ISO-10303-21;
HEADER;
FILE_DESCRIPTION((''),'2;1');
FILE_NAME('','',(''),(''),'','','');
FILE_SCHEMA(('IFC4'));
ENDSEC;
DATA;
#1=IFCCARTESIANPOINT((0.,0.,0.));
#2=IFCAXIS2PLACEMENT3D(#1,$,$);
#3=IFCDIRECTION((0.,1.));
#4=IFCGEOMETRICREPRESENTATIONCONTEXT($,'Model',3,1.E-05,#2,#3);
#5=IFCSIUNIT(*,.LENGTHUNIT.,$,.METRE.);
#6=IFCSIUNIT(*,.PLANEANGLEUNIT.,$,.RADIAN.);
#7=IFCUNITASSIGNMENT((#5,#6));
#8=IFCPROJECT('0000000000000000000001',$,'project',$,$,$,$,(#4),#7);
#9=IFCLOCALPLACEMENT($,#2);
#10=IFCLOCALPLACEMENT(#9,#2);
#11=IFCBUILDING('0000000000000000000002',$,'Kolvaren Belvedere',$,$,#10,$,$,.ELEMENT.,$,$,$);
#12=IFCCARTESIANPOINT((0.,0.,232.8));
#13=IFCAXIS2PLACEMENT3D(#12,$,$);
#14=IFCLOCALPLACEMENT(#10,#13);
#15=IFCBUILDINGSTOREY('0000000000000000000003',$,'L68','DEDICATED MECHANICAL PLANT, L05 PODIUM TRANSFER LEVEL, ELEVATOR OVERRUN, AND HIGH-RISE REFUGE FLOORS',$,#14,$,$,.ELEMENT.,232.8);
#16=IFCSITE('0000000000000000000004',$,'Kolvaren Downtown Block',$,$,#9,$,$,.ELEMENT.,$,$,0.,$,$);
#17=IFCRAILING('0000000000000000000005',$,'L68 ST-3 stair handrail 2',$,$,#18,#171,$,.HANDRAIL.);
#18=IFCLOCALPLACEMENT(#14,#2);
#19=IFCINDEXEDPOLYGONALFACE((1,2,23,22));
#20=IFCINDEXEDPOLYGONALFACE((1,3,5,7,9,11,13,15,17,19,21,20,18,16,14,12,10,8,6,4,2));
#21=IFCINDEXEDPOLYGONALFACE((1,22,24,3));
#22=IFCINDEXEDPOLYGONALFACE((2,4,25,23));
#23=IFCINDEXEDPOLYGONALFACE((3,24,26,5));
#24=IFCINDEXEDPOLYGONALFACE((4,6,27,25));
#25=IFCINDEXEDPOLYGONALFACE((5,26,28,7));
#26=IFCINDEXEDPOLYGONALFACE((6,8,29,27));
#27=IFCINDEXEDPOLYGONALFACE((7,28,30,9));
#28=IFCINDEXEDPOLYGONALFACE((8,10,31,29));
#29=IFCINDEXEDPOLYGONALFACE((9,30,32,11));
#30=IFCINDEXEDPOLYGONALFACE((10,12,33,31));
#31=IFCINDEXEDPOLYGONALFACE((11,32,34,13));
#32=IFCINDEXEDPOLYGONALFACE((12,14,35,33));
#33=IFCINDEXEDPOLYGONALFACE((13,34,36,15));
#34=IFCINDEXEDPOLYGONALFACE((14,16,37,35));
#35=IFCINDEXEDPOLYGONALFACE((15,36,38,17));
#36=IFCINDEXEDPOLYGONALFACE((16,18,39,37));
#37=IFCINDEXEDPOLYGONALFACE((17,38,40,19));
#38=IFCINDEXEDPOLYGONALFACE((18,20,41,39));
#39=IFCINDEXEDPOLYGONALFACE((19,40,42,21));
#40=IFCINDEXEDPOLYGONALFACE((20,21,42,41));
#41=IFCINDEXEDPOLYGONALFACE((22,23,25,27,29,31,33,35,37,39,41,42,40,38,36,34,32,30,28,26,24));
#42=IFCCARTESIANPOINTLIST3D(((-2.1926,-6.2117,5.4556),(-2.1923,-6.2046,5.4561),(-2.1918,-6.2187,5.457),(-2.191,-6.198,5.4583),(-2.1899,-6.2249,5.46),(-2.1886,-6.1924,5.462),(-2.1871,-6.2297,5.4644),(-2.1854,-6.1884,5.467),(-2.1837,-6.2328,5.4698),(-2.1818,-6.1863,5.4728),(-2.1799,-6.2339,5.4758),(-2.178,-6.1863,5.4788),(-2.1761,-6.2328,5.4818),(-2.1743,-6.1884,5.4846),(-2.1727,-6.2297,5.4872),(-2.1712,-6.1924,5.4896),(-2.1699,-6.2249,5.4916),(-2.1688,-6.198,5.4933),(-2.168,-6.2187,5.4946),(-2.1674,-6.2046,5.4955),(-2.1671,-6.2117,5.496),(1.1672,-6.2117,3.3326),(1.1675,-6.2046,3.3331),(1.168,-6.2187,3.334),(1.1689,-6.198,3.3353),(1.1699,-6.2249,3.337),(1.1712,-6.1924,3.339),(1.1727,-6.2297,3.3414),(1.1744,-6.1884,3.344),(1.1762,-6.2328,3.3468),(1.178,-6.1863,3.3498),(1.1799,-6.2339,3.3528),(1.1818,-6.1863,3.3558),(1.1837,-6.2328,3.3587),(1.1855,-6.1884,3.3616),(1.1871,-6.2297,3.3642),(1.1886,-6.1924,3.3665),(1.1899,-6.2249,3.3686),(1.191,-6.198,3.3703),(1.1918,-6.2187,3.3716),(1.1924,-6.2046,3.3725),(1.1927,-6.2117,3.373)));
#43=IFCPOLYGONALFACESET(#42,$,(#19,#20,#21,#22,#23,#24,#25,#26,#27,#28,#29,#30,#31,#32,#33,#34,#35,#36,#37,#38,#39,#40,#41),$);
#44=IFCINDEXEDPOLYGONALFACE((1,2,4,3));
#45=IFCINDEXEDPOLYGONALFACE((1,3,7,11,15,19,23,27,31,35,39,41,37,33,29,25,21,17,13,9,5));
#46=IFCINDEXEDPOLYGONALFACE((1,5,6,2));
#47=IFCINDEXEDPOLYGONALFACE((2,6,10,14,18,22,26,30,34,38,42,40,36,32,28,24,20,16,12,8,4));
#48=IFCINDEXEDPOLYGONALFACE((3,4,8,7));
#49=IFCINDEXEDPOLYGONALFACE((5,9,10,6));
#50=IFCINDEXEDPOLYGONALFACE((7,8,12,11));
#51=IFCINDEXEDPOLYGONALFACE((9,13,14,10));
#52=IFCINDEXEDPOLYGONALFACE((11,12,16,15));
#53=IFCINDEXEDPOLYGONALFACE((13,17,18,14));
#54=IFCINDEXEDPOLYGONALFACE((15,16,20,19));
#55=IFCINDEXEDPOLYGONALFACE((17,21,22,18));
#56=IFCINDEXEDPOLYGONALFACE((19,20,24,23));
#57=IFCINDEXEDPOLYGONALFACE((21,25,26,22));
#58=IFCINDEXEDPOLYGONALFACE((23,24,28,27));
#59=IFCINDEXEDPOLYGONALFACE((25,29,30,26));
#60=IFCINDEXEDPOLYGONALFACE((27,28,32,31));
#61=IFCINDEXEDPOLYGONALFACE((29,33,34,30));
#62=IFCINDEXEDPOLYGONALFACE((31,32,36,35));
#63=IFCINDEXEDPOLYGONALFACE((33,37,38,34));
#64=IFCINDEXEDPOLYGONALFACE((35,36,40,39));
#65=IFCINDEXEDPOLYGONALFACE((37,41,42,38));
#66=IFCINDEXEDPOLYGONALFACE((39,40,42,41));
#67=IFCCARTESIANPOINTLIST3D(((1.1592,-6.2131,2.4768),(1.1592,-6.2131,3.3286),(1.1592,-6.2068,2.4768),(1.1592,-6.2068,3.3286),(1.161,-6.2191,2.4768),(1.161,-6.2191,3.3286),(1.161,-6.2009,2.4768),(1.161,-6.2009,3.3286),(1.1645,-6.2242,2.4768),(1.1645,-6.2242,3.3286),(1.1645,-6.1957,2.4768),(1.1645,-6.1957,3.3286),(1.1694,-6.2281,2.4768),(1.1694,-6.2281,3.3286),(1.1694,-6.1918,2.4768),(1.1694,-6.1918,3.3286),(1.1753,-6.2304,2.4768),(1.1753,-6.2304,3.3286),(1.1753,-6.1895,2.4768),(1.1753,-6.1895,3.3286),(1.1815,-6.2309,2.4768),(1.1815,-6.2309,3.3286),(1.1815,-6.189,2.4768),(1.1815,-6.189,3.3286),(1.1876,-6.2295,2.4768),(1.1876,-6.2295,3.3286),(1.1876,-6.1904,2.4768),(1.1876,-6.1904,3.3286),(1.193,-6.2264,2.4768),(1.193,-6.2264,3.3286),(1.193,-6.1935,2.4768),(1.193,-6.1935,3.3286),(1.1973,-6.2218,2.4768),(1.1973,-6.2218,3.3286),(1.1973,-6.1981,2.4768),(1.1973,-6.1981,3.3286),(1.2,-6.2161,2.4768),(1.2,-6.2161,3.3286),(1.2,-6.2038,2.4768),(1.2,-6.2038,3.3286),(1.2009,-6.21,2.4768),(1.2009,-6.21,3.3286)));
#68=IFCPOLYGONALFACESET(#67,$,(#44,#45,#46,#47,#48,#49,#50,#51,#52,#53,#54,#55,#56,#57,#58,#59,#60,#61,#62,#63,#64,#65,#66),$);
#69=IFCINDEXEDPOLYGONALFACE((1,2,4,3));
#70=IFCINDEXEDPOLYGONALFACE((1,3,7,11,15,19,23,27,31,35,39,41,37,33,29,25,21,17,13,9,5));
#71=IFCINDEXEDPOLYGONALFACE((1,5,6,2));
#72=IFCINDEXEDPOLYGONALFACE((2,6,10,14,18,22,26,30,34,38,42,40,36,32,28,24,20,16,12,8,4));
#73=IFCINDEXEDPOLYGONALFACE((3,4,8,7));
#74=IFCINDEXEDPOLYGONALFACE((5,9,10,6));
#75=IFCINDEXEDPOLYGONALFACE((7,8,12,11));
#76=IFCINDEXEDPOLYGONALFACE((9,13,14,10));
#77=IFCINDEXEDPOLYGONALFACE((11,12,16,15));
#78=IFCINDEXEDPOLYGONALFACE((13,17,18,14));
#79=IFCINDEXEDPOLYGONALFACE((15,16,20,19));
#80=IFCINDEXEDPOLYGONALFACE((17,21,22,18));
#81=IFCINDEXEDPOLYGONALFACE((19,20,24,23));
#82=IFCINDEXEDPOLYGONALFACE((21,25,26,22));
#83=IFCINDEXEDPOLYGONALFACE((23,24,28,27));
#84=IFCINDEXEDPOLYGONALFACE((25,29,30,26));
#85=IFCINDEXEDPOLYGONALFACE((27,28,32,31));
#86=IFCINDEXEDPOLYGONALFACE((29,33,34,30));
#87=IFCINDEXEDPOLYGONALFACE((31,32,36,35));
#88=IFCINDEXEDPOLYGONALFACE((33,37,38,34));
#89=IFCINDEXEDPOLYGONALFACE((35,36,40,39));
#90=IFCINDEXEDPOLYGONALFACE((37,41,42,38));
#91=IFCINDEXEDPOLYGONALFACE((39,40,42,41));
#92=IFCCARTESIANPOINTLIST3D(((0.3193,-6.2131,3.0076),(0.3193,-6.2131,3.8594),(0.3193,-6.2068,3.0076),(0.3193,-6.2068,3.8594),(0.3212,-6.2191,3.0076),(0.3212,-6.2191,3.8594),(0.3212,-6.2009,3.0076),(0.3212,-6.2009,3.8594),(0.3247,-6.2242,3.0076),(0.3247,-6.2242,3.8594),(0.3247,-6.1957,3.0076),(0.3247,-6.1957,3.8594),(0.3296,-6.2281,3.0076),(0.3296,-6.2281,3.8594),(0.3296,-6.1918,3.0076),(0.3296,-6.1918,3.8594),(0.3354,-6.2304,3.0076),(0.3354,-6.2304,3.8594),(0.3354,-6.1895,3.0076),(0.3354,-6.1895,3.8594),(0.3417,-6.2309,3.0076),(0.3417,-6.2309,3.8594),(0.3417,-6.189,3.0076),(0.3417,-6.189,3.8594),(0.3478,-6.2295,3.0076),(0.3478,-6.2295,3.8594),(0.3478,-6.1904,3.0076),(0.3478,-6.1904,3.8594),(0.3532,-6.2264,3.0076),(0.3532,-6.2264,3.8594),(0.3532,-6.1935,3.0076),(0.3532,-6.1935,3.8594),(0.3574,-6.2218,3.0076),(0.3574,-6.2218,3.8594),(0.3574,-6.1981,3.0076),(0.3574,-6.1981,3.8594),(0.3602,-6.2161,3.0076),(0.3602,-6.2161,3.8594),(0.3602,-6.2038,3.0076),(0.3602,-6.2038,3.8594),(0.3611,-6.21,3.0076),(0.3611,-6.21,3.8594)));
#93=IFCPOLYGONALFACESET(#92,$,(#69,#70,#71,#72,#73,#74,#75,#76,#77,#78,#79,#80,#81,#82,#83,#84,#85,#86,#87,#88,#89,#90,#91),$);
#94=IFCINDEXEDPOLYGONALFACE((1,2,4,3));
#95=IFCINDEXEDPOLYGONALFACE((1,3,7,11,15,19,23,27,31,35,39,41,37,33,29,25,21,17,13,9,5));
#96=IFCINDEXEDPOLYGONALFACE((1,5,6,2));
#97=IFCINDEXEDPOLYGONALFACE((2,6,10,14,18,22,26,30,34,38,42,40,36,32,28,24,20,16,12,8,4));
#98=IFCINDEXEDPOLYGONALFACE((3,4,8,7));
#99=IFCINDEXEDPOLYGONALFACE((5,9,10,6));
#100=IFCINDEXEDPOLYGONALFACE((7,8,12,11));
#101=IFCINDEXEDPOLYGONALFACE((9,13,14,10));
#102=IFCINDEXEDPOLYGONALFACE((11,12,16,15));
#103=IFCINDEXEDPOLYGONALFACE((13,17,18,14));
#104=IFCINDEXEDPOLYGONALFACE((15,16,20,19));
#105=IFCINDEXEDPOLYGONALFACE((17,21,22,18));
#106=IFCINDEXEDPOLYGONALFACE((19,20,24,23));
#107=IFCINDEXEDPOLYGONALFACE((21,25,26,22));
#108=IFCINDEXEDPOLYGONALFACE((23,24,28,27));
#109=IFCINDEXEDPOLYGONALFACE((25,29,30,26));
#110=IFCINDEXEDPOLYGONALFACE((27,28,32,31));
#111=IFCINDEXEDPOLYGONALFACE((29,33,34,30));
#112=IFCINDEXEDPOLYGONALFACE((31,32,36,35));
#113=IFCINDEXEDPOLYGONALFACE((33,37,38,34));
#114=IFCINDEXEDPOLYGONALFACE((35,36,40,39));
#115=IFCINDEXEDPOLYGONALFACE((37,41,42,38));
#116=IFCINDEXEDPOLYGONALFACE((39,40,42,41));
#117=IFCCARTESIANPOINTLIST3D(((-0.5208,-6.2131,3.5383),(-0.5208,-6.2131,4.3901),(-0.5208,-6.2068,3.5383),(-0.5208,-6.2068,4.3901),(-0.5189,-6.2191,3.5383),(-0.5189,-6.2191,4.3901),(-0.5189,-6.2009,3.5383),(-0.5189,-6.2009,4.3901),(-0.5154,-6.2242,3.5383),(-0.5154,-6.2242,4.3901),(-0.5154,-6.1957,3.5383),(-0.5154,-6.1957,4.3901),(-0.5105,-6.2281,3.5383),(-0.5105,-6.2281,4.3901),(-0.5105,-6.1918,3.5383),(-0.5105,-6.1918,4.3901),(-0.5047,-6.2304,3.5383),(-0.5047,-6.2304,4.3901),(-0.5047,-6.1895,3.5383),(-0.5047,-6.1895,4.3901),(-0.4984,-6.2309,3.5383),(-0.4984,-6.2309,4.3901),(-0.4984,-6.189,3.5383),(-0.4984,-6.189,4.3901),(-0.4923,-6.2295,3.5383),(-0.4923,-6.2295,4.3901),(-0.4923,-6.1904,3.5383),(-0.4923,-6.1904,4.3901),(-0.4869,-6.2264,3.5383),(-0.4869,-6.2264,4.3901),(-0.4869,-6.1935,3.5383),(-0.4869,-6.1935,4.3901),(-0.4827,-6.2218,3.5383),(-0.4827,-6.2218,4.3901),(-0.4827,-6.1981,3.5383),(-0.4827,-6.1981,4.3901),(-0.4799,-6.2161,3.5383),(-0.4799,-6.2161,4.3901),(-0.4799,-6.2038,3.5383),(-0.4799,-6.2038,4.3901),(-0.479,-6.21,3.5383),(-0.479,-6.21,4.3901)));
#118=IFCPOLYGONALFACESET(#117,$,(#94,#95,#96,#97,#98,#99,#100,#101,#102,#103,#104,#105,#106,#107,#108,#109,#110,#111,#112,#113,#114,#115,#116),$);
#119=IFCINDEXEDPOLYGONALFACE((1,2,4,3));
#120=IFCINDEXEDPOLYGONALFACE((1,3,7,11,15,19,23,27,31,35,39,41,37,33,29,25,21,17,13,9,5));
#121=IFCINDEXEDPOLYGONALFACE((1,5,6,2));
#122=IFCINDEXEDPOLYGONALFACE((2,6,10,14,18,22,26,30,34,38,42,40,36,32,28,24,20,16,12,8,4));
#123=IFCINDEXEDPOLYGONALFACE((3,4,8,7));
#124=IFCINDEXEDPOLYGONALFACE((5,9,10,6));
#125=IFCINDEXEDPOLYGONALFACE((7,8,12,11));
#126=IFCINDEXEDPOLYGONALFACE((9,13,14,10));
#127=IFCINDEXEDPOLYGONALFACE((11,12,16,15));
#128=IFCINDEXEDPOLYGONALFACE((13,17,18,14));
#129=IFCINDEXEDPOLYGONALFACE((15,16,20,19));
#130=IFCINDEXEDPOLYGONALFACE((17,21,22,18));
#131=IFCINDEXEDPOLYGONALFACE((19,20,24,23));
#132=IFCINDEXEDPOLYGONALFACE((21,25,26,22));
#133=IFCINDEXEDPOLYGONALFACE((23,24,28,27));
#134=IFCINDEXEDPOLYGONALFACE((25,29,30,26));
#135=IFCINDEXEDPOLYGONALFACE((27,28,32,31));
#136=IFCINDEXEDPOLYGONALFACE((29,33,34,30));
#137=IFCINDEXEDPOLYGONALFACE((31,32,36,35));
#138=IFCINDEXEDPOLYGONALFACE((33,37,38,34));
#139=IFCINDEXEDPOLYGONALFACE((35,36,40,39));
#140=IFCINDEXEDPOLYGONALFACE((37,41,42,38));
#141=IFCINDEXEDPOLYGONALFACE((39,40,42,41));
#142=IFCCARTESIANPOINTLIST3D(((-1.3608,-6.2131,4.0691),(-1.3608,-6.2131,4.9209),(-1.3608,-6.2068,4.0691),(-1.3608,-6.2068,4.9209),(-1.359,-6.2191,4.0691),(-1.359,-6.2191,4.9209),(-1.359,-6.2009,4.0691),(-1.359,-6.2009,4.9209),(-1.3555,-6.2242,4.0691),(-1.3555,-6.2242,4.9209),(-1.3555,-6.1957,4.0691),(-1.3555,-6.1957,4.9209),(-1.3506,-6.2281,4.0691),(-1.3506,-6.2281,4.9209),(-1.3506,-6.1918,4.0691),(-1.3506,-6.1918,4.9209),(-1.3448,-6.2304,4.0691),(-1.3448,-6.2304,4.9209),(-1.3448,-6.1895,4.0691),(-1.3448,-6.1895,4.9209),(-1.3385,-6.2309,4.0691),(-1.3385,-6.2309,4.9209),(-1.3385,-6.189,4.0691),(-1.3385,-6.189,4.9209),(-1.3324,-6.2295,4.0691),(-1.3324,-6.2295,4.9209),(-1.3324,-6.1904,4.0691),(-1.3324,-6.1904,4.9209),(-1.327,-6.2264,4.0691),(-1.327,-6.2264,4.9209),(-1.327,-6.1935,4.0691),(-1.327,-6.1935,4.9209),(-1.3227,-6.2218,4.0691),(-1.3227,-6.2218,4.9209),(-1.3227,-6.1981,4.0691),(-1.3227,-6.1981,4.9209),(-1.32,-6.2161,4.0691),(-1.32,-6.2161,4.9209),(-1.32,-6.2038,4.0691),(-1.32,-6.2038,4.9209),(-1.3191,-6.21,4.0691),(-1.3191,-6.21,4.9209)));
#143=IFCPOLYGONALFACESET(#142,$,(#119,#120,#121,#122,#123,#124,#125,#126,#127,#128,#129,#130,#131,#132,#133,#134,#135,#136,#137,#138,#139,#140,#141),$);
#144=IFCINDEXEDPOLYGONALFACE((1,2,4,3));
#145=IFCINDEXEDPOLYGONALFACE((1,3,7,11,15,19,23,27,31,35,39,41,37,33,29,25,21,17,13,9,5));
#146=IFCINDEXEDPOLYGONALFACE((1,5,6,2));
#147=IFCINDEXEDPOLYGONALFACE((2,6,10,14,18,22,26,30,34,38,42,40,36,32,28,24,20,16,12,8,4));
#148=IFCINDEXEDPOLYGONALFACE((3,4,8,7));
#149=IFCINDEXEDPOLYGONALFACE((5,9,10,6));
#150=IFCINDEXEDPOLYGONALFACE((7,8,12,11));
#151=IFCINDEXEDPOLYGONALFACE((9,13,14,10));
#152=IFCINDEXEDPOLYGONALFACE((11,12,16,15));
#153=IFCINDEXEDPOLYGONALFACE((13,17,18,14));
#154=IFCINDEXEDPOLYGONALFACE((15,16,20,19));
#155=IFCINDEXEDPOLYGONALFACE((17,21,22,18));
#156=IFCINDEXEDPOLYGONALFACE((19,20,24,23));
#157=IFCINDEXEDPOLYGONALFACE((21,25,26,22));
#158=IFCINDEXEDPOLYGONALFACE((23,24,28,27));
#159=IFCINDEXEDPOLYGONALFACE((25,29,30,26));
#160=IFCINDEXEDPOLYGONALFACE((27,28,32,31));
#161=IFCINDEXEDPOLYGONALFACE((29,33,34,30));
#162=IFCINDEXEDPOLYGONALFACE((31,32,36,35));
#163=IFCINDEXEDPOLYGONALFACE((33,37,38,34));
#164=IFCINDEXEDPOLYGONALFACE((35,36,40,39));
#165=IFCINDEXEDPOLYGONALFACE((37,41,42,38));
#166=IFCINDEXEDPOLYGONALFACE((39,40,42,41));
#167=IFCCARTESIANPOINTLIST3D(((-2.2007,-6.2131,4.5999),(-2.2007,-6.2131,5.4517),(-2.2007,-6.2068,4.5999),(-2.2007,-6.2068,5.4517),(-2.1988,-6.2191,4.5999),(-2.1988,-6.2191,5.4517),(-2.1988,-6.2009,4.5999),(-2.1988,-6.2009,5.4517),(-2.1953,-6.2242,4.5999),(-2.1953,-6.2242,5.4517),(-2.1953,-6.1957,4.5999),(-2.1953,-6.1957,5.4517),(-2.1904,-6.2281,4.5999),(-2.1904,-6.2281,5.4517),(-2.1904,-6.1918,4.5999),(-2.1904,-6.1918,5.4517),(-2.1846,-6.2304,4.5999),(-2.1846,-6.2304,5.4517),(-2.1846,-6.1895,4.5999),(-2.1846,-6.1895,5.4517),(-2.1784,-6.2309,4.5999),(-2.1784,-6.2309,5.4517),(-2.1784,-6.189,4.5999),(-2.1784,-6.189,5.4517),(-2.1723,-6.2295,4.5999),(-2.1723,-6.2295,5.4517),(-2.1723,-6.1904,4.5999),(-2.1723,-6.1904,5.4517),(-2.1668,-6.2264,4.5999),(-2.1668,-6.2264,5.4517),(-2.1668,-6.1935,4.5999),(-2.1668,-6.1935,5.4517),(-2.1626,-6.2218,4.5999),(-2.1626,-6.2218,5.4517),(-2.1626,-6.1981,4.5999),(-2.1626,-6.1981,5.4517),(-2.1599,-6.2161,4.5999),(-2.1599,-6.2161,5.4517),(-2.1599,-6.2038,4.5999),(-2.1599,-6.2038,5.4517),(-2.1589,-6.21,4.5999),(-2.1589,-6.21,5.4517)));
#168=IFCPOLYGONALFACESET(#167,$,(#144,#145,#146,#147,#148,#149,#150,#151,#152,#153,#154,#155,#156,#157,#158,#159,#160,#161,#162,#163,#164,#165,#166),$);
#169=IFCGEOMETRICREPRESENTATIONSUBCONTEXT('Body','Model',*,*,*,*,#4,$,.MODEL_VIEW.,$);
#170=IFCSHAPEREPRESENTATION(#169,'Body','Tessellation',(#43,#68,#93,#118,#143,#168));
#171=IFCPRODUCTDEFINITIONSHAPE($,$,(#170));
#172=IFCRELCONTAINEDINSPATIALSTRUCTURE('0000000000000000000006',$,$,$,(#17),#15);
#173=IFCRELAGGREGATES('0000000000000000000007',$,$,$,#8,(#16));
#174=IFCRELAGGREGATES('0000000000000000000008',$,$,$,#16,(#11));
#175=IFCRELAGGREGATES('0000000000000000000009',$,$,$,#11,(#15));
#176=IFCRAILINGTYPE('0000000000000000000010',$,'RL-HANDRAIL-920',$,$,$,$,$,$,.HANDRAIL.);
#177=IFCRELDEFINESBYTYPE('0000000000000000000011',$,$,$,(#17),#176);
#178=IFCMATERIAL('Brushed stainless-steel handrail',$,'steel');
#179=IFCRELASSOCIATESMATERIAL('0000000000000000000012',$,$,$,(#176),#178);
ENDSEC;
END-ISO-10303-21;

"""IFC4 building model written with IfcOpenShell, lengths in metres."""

from ifc_helpers import new_model, si_unit, direction, frame, origin, origin_2d, place, context, subcontext, project, spatial, circle, extrude, material, type_object, element, save


model = new_model("IFC4")

# Units and contexts
model_context = context("Model", 3, precision=1e-05, world=origin(), true_north=direction((0.0, 1.0)))
body_context = subcontext(model_context, "Body", "Model", "MODEL_VIEW")
ifc_project = project(units=[si_unit("LENGTHUNIT", "METRE"), si_unit("PLANEANGLEUNIT", "RADIAN")], contexts=[model_context])

# Site, building, storey
site_placement = place(None, origin())
site = spatial("IfcSite", under=ifc_project, at=site_placement, Name="Kolvaren Downtown Block", CompositionType="ELEMENT", RefElevation=0.0)
building_placement = place(site_placement, origin())
building = spatial("IfcBuilding", under=site, at=building_placement, Name="Kolvaren Belvedere", CompositionType="ELEMENT")
storey_placement = place(building_placement, frame((0.0, 0.0, 232.8)))
storey = spatial("IfcBuildingStorey", under=building, at=storey_placement, Name="L68", Description="DEDICATED MECHANICAL PLANT, L05 PODIUM TRANSFER LEVEL, ELEVATOR OVERRUN, AND HIGH-RISE REFUGE FLOORS", CompositionType="ELEMENT", Elevation=232.8)

# Railing
ifc_material_1 = material(Name="Brushed stainless-steel handrail", Category="steel")
railing_type_1 = type_object("IfcRailingType", Name="RL-HANDRAIL-920", PredefinedType="HANDRAIL", material=ifc_material_1)
railing_1_placement = place(storey_placement, frame((1.1799, -6.21, 2.4768)))
element("IfcRailing", 1, at=railing_1_placement, inside=storey, type_object=railing_type_1, Name="L68 ST-3 stair handrail 2", PredefinedType="HANDRAIL", context=body_context, shape_type="SweptSolid", body=[
    extrude(circle(Radius=0.0239, at=origin_2d()), frame((0.0, 0.0, 0.876), z_axis=(-0.845372, 0.0, 0.534178), x_axis=(0.0, -1.0, 0.0)), (0.0, 0.0, 1.0), 3.9744),
    extrude(circle(Radius=0.021, at=origin_2d()), origin(), (0.0, 0.0, 1.0), 0.8518),
    extrude(circle(Radius=0.021, at=origin_2d()), frame((-0.8398, 0.0, 0.5308)), (0.0, 0.0, 1.0), 0.8518),
    extrude(circle(Radius=0.021, at=origin_2d()), frame((-1.6799, 0.0, 1.0615)), (0.0, 0.0, 1.0), 0.8518),
    extrude(circle(Radius=0.021, at=origin_2d()), frame((-2.52, 0.0, 1.5923)), (0.0, 0.0, 1.0), 0.8518),
    extrude(circle(Radius=0.021, at=origin_2d()), frame((-3.3599, 0.0, 2.123)), (0.0, 0.0, 1.0), 0.8518),
])

save(model, "model.ifc")
